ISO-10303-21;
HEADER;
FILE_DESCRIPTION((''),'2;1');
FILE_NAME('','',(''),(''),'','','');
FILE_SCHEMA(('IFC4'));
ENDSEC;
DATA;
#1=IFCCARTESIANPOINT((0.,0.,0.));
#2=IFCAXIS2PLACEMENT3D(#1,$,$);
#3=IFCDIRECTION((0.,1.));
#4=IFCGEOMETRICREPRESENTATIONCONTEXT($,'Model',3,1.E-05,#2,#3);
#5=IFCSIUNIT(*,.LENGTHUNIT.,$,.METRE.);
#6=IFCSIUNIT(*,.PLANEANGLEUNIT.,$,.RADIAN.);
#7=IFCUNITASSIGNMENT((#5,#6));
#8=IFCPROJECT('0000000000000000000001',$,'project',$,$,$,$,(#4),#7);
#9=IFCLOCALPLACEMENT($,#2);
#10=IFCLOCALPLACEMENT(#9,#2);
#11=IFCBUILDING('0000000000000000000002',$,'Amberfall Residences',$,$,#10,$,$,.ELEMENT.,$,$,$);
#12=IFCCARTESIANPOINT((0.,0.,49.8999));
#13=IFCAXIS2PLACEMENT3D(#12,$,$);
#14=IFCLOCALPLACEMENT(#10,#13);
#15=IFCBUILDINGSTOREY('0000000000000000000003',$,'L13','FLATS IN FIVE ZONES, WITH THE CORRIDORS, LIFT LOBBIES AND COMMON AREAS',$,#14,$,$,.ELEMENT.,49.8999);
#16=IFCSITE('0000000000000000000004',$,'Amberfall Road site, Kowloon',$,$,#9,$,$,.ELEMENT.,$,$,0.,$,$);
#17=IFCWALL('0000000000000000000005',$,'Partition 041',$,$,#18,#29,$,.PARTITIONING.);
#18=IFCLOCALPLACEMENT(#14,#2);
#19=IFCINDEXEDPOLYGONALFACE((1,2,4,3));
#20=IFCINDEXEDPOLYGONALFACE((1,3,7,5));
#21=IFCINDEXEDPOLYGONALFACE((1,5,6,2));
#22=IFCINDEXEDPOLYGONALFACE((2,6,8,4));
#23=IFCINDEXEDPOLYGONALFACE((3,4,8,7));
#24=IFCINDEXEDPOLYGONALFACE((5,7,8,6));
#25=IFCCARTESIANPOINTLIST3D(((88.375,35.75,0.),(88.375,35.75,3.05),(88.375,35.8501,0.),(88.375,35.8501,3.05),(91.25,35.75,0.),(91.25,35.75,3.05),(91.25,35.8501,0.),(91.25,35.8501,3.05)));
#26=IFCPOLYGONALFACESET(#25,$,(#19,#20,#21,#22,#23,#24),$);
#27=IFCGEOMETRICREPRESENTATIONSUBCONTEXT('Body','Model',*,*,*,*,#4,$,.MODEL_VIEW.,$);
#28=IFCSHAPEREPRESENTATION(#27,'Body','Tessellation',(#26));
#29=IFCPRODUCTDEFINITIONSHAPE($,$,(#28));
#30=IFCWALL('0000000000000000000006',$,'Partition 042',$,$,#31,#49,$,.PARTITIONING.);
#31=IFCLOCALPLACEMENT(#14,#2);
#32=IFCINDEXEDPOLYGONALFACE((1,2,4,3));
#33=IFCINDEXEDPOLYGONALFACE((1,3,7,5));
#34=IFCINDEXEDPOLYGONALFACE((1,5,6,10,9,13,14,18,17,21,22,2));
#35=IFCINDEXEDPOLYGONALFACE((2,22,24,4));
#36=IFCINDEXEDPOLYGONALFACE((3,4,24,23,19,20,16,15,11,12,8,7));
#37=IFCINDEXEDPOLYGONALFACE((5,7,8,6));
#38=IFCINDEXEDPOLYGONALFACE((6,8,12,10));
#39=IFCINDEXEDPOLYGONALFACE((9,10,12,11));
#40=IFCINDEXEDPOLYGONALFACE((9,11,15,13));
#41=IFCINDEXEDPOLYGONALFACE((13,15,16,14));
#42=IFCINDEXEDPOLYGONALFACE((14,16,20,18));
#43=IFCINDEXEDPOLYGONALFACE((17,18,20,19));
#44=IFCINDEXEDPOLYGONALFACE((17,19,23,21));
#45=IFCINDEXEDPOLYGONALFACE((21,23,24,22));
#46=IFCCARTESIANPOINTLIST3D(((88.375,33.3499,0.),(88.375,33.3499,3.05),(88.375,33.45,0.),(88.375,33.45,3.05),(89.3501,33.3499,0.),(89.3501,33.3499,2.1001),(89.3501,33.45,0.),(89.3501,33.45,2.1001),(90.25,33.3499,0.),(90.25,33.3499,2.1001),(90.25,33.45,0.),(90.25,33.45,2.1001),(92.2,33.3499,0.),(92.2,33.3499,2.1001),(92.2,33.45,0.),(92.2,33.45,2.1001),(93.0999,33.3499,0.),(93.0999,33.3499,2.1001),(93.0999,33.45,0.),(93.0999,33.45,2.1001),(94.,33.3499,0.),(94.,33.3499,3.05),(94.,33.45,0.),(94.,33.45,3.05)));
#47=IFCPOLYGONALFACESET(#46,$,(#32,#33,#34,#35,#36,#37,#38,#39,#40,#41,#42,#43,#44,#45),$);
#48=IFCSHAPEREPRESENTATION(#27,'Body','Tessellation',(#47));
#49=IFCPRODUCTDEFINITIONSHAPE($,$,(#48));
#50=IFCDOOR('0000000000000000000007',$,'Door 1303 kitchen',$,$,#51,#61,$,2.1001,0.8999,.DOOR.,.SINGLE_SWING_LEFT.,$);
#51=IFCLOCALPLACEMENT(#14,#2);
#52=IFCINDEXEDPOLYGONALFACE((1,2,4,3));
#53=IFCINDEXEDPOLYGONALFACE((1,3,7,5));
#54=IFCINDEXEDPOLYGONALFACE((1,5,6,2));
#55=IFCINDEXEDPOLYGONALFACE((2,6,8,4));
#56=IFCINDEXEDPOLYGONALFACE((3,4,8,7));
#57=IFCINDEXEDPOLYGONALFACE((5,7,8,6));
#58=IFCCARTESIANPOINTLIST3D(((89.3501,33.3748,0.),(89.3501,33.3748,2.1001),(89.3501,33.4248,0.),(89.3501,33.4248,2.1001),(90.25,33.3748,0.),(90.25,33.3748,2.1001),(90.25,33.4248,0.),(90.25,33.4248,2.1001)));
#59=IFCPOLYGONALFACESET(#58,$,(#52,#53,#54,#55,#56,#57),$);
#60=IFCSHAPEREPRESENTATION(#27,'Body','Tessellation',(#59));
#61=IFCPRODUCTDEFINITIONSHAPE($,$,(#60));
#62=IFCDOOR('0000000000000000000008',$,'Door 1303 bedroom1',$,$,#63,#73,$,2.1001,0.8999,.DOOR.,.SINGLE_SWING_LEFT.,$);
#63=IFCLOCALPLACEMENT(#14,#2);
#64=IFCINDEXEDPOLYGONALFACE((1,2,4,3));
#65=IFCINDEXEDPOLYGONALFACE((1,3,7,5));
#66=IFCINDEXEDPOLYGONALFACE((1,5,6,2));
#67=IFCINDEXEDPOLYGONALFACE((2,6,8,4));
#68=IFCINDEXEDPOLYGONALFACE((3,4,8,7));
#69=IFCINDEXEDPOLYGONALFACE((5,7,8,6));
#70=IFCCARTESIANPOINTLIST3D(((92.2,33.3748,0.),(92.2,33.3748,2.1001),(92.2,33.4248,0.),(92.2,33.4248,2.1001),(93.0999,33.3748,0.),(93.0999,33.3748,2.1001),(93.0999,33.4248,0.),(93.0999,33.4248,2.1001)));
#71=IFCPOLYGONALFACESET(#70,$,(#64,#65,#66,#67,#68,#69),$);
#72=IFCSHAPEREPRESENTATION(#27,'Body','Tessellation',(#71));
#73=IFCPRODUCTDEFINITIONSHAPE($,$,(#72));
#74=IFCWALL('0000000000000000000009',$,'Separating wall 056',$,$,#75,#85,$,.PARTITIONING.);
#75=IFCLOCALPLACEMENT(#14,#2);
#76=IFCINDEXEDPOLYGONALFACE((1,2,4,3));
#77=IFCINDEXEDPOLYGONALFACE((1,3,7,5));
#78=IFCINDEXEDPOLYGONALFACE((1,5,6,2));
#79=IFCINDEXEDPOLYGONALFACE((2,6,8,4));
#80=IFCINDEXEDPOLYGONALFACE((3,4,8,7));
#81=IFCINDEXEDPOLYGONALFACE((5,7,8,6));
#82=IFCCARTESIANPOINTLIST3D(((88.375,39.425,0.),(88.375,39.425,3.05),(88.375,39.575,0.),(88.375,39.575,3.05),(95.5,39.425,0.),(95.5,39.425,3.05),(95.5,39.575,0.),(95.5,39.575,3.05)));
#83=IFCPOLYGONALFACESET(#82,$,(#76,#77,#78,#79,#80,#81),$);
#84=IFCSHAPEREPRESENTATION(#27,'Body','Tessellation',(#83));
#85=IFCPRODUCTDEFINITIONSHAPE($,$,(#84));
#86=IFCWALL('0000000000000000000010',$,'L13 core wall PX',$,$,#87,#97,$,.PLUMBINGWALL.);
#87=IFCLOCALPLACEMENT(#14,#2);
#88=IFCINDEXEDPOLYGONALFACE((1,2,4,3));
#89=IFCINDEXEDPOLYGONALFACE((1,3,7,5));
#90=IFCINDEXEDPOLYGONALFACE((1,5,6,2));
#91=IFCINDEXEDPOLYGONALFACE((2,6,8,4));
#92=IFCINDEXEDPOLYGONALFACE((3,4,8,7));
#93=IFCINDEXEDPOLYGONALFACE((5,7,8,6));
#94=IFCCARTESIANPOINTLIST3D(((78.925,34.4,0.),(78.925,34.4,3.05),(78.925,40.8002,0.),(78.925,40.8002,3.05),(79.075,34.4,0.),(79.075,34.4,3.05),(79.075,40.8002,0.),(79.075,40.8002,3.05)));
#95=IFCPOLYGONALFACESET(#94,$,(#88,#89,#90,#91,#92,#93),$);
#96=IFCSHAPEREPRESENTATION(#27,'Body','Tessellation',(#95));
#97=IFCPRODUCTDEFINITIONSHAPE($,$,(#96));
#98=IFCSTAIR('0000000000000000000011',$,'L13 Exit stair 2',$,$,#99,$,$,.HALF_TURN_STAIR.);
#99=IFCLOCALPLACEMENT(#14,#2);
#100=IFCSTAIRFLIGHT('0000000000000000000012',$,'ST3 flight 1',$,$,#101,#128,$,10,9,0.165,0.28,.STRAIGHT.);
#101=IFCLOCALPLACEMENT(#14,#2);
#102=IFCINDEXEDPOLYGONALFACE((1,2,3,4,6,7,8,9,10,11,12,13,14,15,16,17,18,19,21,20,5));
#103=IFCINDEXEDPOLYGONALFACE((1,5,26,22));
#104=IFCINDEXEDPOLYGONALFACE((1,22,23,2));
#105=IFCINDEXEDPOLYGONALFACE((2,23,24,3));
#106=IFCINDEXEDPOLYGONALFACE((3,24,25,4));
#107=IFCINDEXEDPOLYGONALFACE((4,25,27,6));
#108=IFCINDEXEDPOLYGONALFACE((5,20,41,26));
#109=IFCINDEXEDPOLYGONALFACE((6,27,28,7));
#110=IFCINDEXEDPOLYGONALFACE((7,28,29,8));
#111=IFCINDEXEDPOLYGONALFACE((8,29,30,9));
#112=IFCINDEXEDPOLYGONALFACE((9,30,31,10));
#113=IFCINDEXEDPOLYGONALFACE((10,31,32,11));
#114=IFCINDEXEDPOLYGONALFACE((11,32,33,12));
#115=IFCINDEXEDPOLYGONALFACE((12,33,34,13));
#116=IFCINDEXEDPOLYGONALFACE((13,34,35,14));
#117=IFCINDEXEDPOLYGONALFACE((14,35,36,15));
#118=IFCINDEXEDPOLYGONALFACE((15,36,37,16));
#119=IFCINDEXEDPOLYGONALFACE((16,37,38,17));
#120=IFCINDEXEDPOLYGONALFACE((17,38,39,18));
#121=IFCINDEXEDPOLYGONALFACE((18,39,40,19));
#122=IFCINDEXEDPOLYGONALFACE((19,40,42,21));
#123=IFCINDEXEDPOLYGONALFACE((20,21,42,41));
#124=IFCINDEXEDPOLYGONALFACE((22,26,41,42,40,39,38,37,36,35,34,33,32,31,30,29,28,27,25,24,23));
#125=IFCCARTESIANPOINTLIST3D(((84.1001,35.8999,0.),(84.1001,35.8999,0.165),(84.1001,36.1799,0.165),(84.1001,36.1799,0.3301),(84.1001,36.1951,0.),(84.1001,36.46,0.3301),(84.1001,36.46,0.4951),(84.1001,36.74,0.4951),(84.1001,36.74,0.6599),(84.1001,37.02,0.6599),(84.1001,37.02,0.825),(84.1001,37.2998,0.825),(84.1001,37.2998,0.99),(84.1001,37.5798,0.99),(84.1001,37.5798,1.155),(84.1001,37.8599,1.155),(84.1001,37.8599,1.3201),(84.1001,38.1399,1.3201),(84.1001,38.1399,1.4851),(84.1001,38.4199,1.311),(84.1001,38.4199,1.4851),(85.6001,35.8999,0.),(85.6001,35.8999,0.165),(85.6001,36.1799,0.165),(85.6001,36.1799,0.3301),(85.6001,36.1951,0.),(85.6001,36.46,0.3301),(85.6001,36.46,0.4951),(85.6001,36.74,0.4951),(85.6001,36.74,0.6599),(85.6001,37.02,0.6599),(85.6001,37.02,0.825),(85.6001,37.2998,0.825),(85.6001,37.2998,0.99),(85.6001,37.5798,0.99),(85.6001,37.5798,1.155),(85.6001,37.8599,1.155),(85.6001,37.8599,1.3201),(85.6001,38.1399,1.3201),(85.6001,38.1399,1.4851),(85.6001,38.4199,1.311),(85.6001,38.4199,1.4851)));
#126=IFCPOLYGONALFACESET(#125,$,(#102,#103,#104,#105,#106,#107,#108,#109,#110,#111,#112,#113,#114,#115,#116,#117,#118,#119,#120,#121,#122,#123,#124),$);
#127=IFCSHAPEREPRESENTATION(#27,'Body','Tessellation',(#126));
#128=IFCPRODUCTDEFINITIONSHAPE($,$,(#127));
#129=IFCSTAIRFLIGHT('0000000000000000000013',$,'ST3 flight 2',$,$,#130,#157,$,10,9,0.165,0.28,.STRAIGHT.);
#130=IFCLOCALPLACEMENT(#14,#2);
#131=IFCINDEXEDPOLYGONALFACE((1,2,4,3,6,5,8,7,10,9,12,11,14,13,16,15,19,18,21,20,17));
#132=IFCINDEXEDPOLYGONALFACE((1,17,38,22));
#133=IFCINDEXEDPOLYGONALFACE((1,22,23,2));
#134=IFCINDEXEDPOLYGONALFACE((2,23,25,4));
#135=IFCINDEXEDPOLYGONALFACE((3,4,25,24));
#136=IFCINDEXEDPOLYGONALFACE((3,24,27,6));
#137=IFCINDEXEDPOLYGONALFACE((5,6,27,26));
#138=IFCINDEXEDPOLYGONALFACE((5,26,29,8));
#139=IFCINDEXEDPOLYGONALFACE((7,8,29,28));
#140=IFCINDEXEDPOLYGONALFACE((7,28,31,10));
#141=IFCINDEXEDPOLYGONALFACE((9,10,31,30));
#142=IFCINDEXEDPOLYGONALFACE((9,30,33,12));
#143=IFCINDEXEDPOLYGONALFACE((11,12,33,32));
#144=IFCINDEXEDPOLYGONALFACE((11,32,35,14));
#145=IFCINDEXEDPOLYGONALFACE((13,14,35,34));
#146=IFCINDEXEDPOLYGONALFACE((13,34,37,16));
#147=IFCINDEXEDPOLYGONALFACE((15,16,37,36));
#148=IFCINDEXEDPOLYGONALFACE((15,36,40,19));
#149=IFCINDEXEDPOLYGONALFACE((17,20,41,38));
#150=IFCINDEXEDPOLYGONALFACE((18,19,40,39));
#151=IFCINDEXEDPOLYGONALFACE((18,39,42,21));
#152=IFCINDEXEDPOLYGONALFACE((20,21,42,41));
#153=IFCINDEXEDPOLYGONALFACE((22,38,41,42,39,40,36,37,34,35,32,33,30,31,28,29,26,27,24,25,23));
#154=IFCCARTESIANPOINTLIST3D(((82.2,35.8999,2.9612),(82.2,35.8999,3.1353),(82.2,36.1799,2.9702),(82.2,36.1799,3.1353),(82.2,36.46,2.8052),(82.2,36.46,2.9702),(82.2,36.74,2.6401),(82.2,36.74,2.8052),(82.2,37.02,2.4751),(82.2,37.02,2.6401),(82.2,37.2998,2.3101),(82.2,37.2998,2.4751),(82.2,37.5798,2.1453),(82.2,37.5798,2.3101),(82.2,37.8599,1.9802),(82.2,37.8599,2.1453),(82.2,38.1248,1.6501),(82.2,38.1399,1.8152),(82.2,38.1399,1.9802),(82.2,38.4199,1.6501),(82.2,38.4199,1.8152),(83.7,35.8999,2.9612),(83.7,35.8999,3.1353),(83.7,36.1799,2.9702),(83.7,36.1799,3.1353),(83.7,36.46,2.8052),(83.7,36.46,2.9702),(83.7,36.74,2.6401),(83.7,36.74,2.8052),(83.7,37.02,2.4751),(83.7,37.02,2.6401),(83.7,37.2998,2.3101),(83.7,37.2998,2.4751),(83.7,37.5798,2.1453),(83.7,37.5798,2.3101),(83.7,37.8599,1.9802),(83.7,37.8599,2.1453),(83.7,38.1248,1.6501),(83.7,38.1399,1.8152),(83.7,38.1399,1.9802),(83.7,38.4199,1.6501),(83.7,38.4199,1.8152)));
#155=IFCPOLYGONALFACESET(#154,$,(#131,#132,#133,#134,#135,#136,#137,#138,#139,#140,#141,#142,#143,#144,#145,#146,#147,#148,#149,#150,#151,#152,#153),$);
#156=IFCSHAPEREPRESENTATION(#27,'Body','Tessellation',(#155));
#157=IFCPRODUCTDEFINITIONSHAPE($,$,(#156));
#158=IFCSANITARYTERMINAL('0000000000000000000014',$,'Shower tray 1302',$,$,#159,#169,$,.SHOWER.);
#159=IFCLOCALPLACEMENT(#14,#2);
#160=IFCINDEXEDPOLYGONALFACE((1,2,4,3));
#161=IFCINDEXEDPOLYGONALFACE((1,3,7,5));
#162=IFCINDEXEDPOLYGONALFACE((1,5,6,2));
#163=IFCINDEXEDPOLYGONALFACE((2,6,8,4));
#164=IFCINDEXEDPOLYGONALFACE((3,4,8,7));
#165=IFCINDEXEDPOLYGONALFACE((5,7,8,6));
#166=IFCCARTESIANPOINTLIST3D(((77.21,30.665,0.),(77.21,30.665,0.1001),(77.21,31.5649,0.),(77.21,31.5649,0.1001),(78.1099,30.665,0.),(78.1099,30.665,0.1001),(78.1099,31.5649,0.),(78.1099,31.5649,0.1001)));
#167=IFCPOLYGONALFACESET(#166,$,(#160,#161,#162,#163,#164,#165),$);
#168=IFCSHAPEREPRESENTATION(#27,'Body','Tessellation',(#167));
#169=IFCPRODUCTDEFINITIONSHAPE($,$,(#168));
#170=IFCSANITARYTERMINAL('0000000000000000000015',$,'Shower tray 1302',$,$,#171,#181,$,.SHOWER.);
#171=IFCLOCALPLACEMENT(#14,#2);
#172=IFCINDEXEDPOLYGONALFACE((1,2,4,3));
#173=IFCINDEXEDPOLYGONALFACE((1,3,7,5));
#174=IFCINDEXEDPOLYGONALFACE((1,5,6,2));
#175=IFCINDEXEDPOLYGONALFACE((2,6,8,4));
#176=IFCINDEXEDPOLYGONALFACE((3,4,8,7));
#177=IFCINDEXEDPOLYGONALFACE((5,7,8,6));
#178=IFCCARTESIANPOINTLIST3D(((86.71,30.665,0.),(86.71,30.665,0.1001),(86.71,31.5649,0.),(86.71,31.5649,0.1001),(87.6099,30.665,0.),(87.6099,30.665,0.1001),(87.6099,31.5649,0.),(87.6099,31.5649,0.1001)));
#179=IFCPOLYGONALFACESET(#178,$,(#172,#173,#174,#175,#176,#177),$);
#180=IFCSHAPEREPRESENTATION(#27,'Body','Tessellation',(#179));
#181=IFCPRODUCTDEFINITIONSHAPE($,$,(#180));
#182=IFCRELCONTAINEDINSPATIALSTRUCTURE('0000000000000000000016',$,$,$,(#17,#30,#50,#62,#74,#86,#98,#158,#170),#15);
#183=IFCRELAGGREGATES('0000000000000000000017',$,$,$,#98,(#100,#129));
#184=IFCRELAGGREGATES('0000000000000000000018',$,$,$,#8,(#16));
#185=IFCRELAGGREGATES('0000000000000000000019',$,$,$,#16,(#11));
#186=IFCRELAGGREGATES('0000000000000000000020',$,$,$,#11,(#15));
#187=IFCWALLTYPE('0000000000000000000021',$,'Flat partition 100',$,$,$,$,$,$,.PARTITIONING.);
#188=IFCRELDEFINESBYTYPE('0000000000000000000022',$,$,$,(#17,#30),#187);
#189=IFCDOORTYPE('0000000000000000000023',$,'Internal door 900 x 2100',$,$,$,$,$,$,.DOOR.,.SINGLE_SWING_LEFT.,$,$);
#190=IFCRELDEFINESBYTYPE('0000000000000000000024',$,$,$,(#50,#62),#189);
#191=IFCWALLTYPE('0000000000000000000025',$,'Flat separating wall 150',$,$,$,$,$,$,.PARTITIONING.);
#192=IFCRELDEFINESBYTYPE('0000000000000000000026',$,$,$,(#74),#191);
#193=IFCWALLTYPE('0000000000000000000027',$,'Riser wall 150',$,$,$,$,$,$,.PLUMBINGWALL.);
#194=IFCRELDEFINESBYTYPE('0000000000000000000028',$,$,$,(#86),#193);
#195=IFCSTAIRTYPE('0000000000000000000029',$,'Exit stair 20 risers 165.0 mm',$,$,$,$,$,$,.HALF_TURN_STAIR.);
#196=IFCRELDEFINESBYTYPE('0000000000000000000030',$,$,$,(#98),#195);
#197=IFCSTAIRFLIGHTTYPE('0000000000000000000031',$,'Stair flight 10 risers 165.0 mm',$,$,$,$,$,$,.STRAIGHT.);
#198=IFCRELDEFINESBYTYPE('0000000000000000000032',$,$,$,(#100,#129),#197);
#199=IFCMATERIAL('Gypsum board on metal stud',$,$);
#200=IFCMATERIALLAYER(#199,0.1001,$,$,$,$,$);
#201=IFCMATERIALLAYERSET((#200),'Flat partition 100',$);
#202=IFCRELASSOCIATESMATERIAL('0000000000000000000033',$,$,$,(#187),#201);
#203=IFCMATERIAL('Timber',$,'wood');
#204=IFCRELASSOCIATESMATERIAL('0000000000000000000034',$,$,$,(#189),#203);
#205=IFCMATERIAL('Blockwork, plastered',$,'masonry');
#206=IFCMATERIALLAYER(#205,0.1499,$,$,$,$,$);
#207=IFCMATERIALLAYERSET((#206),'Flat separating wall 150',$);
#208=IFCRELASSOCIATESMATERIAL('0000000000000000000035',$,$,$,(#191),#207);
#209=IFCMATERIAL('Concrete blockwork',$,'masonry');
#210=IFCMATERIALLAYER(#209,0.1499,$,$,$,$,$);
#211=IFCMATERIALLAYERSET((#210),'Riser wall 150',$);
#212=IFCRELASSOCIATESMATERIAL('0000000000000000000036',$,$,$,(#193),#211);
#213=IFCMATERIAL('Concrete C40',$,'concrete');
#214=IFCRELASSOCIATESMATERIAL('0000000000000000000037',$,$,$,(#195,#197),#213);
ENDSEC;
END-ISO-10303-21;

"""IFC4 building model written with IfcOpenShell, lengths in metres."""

from ifc_helpers import new_model, si_unit, direction, frame, frame_2d, origin, origin_2d, place, context, subcontext, project, spatial, polyline, rectangle, outline, extrude, material, layer, layer_set, type_object, element, fill, aggregate, save


model = new_model("IFC4")

# Units and contexts
model_context = context("Model", 3, precision=1e-05, world=origin(), true_north=direction((0.0, 1.0)))
body_context = subcontext(model_context, "Body", "Model", "MODEL_VIEW")
ifc_project = project(units=[si_unit("LENGTHUNIT", "METRE"), si_unit("PLANEANGLEUNIT", "RADIAN")], contexts=[model_context])

# Site, building, storey
site_placement = place(None, origin())
site = spatial("IfcSite", under=ifc_project, at=site_placement, Name="Amberfall Road site, Kowloon", CompositionType="ELEMENT", RefElevation=0.0)
building_placement = place(site_placement, origin())
building = spatial("IfcBuilding", under=site, at=building_placement, Name="Amberfall Residences", CompositionType="ELEMENT")
storey_placement = place(building_placement, frame((0.0, 0.0, 49.8999)))
storey = spatial("IfcBuildingStorey", under=building, at=storey_placement, Name="L13", Description="FLATS IN FIVE ZONES, WITH THE CORRIDORS, LIFT LOBBIES AND COMMON AREAS", CompositionType="ELEMENT", Elevation=49.8999)

# Shared definitions
ifc_material_1 = material(Name="Gypsum board on metal stud")
ifc_layer_1 = layer(ifc_material_1, 0.1001)
ifc_layer_set_1 = layer_set([ifc_layer_1], Name="Flat partition 100")
wall_type_1 = type_object("IfcWallType", Name="Flat partition 100", PredefinedType="PARTITIONING", material=ifc_layer_set_1)
ifc_material_2 = material(Name="Timber", Category="wood")
door_type_1 = type_object("IfcDoorType", Name="Internal door 900 x 2100", OperationType="SINGLE_SWING_LEFT", PredefinedType="DOOR", material=ifc_material_2)

# Wall
wall_1_placement = place(storey_placement, frame((88.375, 35.8, 0.0), z_axis=(0.0, 0.0, 1.0), x_axis=(1.0, 0.0, 0.0)))
element("IfcWall", 1, at=wall_1_placement, inside=storey, type_object=wall_type_1, Name="Partition 041", PredefinedType="PARTITIONING", context=body_context, shape_type="SweptSolid", body=[
    extrude(rectangle(XDim=2.875, YDim=0.1001, at=frame_2d((1.4375, 0.0))), origin(), (0.0, 0.0, 1.0), 3.05),
])

# Wall, openings, doors
wall_2_placement = place(storey_placement, frame((88.375, 33.3999, 0.0), z_axis=(0.0, 0.0, 1.0), x_axis=(1.0, 0.0, 0.0)))
wall_2 = element("IfcWall", 2, at=wall_2_placement, inside=storey, type_object=wall_type_1, Name="Partition 042", PredefinedType="PARTITIONING", context=body_context, shape_type="SweptSolid", body=[
    extrude(rectangle(XDim=5.625, YDim=0.1001, at=frame_2d((2.8125, 0.0))), origin(), (0.0, 0.0, 1.0), 3.05),
])
opening_1_placement = place(wall_2_placement, frame((0.9751, 0.0, 0.0)))
opening_1 = element("IfcOpeningElement", 3, at=opening_1_placement, cuts=wall_2, PredefinedType="OPENING", context=body_context, shape_type="SweptSolid", body=[
    extrude(rectangle(XDim=0.8999, YDim=2.1001, at=frame_2d((0.45, 1.05))), frame((0.0, 0.0601, 0.0), z_axis=(0.0, -1.0, 0.0), x_axis=(1.0, 0.0, 0.0)), (0.0, 0.0, 1.0), 0.1201),
])
opening_2_placement = place(wall_2_placement, frame((3.825, 0.0, 0.0)))
opening_2 = element("IfcOpeningElement", 4, at=opening_2_placement, cuts=wall_2, PredefinedType="OPENING", context=body_context, shape_type="SweptSolid", body=[
    extrude(rectangle(XDim=0.8999, YDim=2.1001, at=frame_2d((0.45, 1.05))), frame((0.0, 0.0601, 0.0), z_axis=(0.0, -1.0, 0.0), x_axis=(1.0, 0.0, 0.0)), (0.0, 0.0, 1.0), 0.1201),
])
door_1_placement = place(opening_1_placement, origin())
door_1 = element("IfcDoor", 5, at=door_1_placement, inside=storey, type_object=door_type_1, Name="Door 1303 kitchen", OperationType="SINGLE_SWING_LEFT", OverallHeight=2.1001, OverallWidth=0.8999, PredefinedType="DOOR", context=body_context, shape_type="SweptSolid", body=[
    extrude(rectangle(XDim=0.8999, YDim=2.1001, at=frame_2d((0.45, 1.05))), frame((0.0, 0.0249, 0.0), z_axis=(0.0, -1.0, 0.0), x_axis=(1.0, 0.0, 0.0)), (0.0, 0.0, 1.0), 0.05),
])
fill(opening_1, door_1)
door_2_placement = place(opening_2_placement, origin())
door_2 = element("IfcDoor", 6, at=door_2_placement, inside=storey, type_object=door_type_1, Name="Door 1303 bedroom1", OperationType="SINGLE_SWING_LEFT", OverallHeight=2.1001, OverallWidth=0.8999, PredefinedType="DOOR", context=body_context, shape_type="SweptSolid", body=[
    extrude(rectangle(XDim=0.8999, YDim=2.1001, at=frame_2d((0.45, 1.05))), frame((0.0, 0.0249, 0.0), z_axis=(0.0, -1.0, 0.0), x_axis=(1.0, 0.0, 0.0)), (0.0, 0.0, 1.0), 0.05),
])
fill(opening_2, door_2)

# Walls
ifc_material_3 = material(Name="Blockwork, plastered", Category="masonry")
ifc_layer_2 = layer(ifc_material_3, 0.1499)
ifc_layer_set_2 = layer_set([ifc_layer_2], Name="Flat separating wall 150")
wall_type_2 = type_object("IfcWallType", Name="Flat separating wall 150", PredefinedType="PARTITIONING", material=ifc_layer_set_2)
wall_3_placement = place(storey_placement, frame((88.375, 39.5, 0.0), z_axis=(0.0, 0.0, 1.0), x_axis=(1.0, 0.0, 0.0)))
element("IfcWall", 7, at=wall_3_placement, inside=storey, type_object=wall_type_2, Name="Separating wall 056", PredefinedType="PARTITIONING", context=body_context, shape_type="SweptSolid", body=[
    extrude(rectangle(XDim=7.125, YDim=0.1499, at=frame_2d((3.5625, 0.0))), origin(), (0.0, 0.0, 1.0), 3.05),
])
ifc_material_4 = material(Name="Concrete blockwork", Category="masonry")
ifc_layer_3 = layer(ifc_material_4, 0.1499)
ifc_layer_set_3 = layer_set([ifc_layer_3], Name="Riser wall 150")
wall_type_3 = type_object("IfcWallType", Name="Riser wall 150", PredefinedType="PLUMBINGWALL", material=ifc_layer_set_3)
wall_4_placement = place(storey_placement, frame((79.0, 34.3999, 0.0), z_axis=(0.0, 0.0, 1.0), x_axis=(0.0, 1.0, 0.0)))
element("IfcWall", 8, at=wall_4_placement, inside=storey, type_object=wall_type_3, Name="L13 core wall PX", PredefinedType="PLUMBINGWALL", context=body_context, shape_type="SweptSolid", body=[
    extrude(rectangle(XDim=6.4001, YDim=0.1499, at=frame_2d((3.2002, 0.0))), origin(), (0.0, 0.0, 1.0), 3.05),
])

# Stair, stair flights
ifc_material_5 = material(Name="Concrete C40", Category="concrete")
stair_type = type_object("IfcStairType", Name="Exit stair 20 risers 165.0 mm", PredefinedType="HALF_TURN_STAIR", material=ifc_material_5)
stair_placement = place(storey_placement, origin())
stair = element("IfcStair", 9, at=stair_placement, inside=storey, type_object=stair_type, Name="L13 Exit stair 2", PredefinedType="HALF_TURN_STAIR")
stair_flight_type = type_object("IfcStairFlightType", Name="Stair flight 10 risers 165.0 mm", PredefinedType="STRAIGHT", material=ifc_material_5)
stair_flight_1_placement = place(storey_placement, frame((84.8501, 35.8999, 0.0), z_axis=(0.0, 0.0, 1.0), x_axis=(0.0, 1.0, 0.0)))
stair_flight_1 = element("IfcStairFlight", 10, at=stair_flight_1_placement, type_object=stair_flight_type, Name="ST3 flight 1", NumberOfRisers=10, NumberOfTreads=9, PredefinedType="STRAIGHT", RiserHeight=0.165, TreadLength=0.28, context=body_context, shape_type="SweptSolid", body=[
    extrude(outline(polyline([(0.0, 0.0), (0.0, 0.165), (0.28, 0.165), (0.28, 0.3301), (0.5601, 0.3301), (0.5601, 0.4951), (0.8401, 0.4951), (0.8401, 0.6599), (1.1201, 0.6599), (1.1201, 0.825), (1.3999, 0.825), (1.3999, 0.99), (1.6799, 0.99), (1.6799, 1.155), (1.96, 1.155), (1.96, 1.3201), (2.24, 1.3201), (2.24, 1.4851), (2.52, 1.4851), (2.52, 1.6499), (2.52, 1.311), (0.2952, 0.0), (0.0, 0.0)])), frame((0.0, 0.75, 0.0), z_axis=(0.0, -1.0, 0.0), x_axis=(1.0, 0.0, 0.0)), (0.0, 0.0, 1.0), 1.5),
])
stair_flight_2_placement = place(storey_placement, frame((82.95, 38.4199, 1.6501), z_axis=(0.0, 0.0, 1.0), x_axis=(0.0, -1.0, 0.0)))
stair_flight_2 = element("IfcStairFlight", 11, at=stair_flight_2_placement, type_object=stair_flight_type, Name="ST3 flight 2", NumberOfRisers=10, NumberOfTreads=9, PredefinedType="STRAIGHT", RiserHeight=0.165, TreadLength=0.28, context=body_context, shape_type="SweptSolid", body=[
    extrude(outline(polyline([(0.0, 0.0), (0.0, 0.165), (0.28, 0.165), (0.28, 0.3301), (0.5601, 0.3301), (0.5601, 0.4951), (0.8401, 0.4951), (0.8401, 0.6599), (1.1201, 0.6599), (1.1201, 0.825), (1.3999, 0.825), (1.3999, 0.99), (1.6799, 0.99), (1.6799, 1.155), (1.96, 1.155), (1.96, 1.3201), (2.24, 1.3201), (2.24, 1.4851), (2.52, 1.4851), (2.52, 1.6499), (2.52, 1.311), (0.2952, 0.0), (0.0, 0.0)])), frame((0.0, 0.75, 0.0), z_axis=(0.0, -1.0, 0.0), x_axis=(1.0, 0.0, 0.0)), (0.0, 0.0, 1.0), 1.5),
])
aggregate(stair, [stair_flight_1, stair_flight_2])

# Sanitary terminals
for number, where, z_axis, x_axis, name in (
    (12, (77.6599, 31.115, 0.0), (0.0, 0.0, 1.0), (1.0, 0.0, 0.0), "Shower tray 1302"),
    (13, (87.1599, 31.115, 0.0), (0.0, 0.0, 1.0), (1.0, 0.0, 0.0), "Shower tray 1302"),
):
    element("IfcSanitaryTerminal", number, at=place(storey_placement, frame(where, z_axis=z_axis, x_axis=x_axis)), inside=storey, Name=name, PredefinedType="SHOWER", context=body_context, shape_type="SweptSolid", body=[
        extrude(rectangle(XDim=0.8999, YDim=0.8999, at=origin_2d()), origin(), (0.0, 0.0, 1.0), 0.1001),
    ])

save(model, "model.ifc")
